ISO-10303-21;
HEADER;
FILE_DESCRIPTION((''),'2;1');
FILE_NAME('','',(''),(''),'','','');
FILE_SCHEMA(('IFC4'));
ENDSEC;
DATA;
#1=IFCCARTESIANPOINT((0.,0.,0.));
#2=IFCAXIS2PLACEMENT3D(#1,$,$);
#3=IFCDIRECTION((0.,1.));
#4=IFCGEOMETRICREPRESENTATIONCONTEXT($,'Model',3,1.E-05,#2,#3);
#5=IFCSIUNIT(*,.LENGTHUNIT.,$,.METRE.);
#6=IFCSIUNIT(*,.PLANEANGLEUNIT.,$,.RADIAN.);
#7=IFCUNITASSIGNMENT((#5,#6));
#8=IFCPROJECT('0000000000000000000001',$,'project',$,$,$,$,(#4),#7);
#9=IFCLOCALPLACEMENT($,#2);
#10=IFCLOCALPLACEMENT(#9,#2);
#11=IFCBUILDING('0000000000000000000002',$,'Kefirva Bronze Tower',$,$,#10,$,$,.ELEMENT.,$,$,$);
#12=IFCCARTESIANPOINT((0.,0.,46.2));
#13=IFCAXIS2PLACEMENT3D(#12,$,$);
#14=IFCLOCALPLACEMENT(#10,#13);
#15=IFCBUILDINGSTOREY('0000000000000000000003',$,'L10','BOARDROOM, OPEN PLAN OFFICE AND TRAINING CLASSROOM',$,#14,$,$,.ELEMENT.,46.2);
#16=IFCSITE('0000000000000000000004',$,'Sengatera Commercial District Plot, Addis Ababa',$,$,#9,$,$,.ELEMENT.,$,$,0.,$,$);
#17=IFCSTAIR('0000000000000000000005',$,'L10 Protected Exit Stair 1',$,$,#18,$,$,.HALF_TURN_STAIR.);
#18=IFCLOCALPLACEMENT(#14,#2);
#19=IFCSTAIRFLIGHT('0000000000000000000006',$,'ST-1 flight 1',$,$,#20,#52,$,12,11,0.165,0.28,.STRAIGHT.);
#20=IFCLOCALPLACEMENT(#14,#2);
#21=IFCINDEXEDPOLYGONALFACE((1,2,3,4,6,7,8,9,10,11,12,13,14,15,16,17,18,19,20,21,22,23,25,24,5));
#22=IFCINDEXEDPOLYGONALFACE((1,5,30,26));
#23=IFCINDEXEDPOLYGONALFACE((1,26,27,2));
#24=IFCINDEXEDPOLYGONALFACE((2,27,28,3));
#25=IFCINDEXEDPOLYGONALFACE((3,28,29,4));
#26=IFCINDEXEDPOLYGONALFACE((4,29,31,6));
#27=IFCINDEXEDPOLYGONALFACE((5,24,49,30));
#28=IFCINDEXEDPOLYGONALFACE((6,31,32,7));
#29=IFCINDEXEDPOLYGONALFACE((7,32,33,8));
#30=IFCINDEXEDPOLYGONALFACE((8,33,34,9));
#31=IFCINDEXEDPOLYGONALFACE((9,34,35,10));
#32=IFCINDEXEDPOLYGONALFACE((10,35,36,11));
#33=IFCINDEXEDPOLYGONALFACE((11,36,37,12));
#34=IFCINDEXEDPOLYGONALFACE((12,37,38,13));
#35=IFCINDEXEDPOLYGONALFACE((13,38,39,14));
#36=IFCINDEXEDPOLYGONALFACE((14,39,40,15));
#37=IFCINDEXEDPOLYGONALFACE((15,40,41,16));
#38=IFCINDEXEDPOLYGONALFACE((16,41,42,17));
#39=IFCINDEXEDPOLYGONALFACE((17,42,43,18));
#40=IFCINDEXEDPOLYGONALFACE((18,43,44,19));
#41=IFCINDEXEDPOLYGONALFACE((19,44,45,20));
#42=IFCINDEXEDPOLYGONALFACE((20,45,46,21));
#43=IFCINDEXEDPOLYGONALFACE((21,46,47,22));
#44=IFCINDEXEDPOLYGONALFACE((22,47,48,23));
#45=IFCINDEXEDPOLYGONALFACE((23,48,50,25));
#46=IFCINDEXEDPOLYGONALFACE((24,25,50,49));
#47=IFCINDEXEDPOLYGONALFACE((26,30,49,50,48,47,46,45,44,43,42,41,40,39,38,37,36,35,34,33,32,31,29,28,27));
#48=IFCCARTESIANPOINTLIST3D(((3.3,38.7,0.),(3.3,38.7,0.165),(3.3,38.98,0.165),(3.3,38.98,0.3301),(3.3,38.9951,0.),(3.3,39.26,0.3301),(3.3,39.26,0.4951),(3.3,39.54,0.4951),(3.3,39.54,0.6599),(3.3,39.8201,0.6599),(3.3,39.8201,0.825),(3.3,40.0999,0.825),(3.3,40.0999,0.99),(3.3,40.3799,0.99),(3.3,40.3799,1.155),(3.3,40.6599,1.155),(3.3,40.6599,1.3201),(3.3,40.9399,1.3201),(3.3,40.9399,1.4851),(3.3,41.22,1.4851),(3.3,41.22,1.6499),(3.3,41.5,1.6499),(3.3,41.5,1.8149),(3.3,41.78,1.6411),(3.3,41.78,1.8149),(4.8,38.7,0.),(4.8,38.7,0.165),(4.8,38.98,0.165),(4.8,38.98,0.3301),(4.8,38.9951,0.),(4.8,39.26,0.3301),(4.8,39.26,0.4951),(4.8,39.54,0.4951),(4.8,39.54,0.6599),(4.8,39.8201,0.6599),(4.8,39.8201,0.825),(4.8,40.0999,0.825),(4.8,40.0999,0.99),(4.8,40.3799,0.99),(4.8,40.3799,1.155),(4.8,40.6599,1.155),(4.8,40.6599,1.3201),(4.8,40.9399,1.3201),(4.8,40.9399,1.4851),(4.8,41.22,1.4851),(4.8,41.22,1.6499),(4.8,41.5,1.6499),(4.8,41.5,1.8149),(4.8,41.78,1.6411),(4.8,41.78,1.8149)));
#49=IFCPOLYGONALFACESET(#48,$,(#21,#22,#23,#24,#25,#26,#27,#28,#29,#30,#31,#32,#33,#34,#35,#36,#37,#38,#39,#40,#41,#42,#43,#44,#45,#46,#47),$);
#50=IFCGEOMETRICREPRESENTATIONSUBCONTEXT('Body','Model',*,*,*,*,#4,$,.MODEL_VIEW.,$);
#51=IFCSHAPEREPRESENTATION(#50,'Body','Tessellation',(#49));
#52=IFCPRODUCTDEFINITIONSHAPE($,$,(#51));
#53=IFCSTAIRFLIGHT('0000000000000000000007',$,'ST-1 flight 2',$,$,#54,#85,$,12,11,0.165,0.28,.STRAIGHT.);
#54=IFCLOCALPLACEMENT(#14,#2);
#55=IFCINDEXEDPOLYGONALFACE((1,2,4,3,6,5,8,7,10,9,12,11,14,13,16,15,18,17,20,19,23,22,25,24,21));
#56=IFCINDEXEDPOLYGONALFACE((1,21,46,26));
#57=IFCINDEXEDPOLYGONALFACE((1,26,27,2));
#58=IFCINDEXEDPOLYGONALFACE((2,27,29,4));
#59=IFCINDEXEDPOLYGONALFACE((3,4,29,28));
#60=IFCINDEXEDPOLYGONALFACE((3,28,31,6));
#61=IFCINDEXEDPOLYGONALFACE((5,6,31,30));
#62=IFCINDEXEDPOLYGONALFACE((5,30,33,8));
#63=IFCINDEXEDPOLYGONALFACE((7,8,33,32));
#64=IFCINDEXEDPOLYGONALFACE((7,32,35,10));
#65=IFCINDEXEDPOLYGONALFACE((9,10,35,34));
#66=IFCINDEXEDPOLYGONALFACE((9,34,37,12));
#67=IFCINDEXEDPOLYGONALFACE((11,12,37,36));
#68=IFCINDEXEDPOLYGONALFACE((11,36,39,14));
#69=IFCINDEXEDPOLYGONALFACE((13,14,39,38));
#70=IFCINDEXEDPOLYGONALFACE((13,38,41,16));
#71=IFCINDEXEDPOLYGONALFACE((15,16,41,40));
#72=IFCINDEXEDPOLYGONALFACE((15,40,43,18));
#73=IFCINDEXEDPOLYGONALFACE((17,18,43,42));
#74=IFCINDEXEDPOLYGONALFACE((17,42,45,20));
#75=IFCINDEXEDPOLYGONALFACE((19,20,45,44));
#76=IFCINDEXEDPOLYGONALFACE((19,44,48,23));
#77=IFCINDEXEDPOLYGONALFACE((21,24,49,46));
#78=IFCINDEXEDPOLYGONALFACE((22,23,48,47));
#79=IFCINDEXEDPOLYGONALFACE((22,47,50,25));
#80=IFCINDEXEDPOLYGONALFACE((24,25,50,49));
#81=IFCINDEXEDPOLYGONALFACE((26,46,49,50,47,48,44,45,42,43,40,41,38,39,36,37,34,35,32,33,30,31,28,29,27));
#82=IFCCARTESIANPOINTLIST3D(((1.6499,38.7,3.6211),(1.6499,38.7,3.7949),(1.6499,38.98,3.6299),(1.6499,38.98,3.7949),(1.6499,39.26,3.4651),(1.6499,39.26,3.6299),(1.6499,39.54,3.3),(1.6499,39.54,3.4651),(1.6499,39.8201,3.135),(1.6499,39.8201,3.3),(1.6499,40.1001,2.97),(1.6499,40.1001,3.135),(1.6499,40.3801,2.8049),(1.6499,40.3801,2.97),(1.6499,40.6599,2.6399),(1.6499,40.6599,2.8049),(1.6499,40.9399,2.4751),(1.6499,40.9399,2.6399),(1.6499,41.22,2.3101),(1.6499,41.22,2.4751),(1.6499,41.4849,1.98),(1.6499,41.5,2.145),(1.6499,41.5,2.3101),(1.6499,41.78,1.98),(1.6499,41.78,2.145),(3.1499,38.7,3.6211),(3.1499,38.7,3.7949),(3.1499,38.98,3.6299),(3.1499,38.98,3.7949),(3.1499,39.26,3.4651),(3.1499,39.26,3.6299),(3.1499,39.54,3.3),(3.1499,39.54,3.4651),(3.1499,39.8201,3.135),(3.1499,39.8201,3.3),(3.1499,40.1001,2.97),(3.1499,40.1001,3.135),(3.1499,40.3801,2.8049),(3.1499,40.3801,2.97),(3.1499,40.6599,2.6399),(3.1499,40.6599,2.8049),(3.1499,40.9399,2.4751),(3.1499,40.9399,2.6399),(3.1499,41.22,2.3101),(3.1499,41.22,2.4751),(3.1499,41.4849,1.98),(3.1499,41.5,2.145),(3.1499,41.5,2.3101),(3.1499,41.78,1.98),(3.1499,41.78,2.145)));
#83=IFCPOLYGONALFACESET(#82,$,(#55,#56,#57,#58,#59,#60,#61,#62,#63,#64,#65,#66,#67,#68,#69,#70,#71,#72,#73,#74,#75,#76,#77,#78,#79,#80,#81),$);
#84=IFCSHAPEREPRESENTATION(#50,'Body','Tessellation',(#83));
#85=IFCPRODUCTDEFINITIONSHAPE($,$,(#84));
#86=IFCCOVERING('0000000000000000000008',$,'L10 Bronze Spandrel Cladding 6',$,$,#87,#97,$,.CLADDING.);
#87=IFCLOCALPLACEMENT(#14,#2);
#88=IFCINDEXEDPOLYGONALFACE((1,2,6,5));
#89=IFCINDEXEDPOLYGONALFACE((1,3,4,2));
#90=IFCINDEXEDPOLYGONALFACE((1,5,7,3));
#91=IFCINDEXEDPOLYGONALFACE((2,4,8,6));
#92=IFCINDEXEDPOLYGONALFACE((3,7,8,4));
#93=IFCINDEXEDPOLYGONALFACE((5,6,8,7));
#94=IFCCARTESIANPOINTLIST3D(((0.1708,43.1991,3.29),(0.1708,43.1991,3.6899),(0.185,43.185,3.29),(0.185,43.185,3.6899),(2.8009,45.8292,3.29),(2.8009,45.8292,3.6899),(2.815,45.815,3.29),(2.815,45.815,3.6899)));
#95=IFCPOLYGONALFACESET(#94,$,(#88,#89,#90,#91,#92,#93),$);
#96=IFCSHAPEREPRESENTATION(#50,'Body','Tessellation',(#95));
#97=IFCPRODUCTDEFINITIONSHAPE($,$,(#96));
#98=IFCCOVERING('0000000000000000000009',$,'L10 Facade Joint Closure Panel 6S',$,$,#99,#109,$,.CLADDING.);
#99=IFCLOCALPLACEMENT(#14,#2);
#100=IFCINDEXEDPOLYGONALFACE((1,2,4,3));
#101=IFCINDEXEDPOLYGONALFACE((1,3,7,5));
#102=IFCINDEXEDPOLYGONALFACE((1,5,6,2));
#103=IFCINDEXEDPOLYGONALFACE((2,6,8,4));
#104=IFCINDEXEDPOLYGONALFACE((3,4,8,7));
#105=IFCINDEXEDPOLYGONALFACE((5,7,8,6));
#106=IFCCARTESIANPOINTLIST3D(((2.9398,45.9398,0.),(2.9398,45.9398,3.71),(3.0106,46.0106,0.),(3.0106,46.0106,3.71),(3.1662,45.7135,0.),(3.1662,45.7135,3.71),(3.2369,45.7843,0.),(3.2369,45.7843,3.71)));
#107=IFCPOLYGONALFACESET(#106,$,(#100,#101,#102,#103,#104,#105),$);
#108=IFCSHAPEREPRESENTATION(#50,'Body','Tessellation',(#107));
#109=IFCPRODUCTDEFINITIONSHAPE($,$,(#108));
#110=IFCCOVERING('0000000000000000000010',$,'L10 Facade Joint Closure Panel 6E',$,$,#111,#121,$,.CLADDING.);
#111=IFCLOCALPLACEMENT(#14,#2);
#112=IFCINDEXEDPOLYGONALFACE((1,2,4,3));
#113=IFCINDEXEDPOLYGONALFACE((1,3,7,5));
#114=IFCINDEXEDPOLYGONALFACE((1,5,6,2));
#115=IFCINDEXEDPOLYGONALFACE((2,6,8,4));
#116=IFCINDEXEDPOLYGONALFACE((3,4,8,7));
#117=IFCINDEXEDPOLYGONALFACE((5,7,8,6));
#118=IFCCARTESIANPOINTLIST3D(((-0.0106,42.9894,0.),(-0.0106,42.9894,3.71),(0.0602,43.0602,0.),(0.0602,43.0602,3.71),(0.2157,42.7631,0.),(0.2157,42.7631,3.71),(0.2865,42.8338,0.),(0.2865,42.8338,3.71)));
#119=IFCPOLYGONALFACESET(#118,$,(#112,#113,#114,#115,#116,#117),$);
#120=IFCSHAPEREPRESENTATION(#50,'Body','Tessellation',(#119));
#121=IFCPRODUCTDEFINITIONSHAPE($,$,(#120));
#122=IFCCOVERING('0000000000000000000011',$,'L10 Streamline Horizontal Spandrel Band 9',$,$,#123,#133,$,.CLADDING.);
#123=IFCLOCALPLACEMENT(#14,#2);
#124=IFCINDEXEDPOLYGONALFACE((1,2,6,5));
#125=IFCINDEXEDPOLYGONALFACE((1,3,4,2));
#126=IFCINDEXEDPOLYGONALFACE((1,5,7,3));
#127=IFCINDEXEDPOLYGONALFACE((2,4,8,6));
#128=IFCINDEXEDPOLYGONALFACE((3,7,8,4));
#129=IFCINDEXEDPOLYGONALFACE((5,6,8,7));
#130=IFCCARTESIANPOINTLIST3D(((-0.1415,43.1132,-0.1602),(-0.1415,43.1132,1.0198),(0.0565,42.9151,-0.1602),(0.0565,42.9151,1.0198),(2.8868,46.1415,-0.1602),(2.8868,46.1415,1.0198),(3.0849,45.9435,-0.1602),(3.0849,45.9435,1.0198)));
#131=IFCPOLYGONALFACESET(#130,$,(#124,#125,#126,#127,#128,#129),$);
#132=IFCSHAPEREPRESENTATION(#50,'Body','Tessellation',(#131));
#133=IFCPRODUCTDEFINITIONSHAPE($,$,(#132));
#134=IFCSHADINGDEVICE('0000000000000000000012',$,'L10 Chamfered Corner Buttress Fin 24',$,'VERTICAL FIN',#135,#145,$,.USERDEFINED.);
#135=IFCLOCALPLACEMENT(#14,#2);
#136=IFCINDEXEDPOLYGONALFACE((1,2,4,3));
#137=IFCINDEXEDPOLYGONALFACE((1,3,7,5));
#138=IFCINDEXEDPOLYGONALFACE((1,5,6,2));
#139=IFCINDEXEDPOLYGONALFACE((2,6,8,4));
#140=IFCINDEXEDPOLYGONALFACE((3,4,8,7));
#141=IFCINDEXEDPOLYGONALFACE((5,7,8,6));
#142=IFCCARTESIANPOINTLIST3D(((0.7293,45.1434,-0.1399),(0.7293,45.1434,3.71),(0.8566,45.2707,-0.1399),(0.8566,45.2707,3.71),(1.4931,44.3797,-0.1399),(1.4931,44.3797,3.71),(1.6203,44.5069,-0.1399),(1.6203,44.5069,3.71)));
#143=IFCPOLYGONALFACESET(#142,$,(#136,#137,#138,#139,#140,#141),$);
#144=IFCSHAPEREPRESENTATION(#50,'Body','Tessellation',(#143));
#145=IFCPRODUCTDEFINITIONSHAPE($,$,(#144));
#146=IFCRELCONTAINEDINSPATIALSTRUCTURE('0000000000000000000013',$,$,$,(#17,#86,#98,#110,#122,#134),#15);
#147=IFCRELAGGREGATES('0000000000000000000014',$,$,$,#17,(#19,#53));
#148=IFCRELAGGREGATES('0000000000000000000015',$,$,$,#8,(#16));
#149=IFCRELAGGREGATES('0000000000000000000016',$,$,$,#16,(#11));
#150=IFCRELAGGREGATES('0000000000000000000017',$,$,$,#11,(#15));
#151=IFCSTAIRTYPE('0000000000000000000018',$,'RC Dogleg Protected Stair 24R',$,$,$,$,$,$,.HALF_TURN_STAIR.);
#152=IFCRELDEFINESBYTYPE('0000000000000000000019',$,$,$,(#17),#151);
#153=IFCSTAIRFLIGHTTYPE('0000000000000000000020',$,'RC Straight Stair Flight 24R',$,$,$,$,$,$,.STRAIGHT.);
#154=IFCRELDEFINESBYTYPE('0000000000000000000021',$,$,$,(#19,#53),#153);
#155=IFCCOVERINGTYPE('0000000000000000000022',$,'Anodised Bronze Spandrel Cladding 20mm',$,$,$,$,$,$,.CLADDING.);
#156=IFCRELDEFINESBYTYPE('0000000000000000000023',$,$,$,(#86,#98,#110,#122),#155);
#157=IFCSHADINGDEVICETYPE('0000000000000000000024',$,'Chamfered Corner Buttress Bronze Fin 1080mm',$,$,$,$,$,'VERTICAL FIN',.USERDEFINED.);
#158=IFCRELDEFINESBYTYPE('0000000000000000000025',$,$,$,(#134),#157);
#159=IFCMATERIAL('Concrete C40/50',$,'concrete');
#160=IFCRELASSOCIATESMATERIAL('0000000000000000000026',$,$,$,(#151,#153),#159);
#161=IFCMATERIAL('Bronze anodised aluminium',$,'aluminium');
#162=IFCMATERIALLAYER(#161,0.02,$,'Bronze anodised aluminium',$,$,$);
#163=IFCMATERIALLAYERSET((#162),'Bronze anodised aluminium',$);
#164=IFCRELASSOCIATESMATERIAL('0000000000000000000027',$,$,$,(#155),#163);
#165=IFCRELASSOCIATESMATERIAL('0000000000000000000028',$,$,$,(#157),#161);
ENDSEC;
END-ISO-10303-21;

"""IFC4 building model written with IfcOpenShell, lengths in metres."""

from ifc_helpers import new_model, si_unit, direction, frame, origin, origin_2d, place, context, subcontext, project, spatial, polyline, rectangle, outline, extrude, material, layer, layer_set, material_profile, profile_set, type_object, element, aggregate, save


model = new_model("IFC4")

# Units and contexts
model_context = context("Model", 3, precision=1e-05, world=origin(), true_north=direction((0.0, 1.0)))
body_context = subcontext(model_context, "Body", "Model", "MODEL_VIEW")
ifc_project = project(units=[si_unit("LENGTHUNIT", "METRE"), si_unit("PLANEANGLEUNIT", "RADIAN")], contexts=[model_context])

# Site, building, storey
site_placement = place(None, origin())
site = spatial("IfcSite", under=ifc_project, at=site_placement, Name="Sengatera Commercial District Plot, Addis Ababa", CompositionType="ELEMENT", RefElevation=0.0)
building_placement = place(site_placement, origin())
building = spatial("IfcBuilding", under=site, at=building_placement, Name="Kefirva Bronze Tower", CompositionType="ELEMENT")
storey_placement = place(building_placement, frame((0.0, 0.0, 46.2)))
storey = spatial("IfcBuildingStorey", under=building, at=storey_placement, Name="L10", Description="BOARDROOM, OPEN PLAN OFFICE AND TRAINING CLASSROOM", CompositionType="ELEMENT", Elevation=46.2)

# Shared definitions
ifc_material_1 = material(Name="Bronze anodised aluminium", Category="aluminium")

# Stair, stair flights
ifc_material_2 = material(Name="Concrete C40/50", Category="concrete")
stair_type = type_object("IfcStairType", Name="RC Dogleg Protected Stair 24R", PredefinedType="HALF_TURN_STAIR", material=ifc_material_2)
stair_placement = place(storey_placement, origin())
stair = element("IfcStair", 1, at=stair_placement, inside=storey, type_object=stair_type, Name="L10 Protected Exit Stair 1", PredefinedType="HALF_TURN_STAIR")
stair_flight_type = type_object("IfcStairFlightType", Name="RC Straight Stair Flight 24R", PredefinedType="STRAIGHT", material=ifc_material_2)
stair_flight_1_placement = place(storey_placement, frame((4.05, 38.7, 0.0), z_axis=(0.0, 0.0, 1.0), x_axis=(0.0, 1.0, 0.0)))
stair_flight_1 = element("IfcStairFlight", 2, at=stair_flight_1_placement, type_object=stair_flight_type, Name="ST-1 flight 1", NumberOfRisers=12, NumberOfTreads=11, PredefinedType="STRAIGHT", RiserHeight=0.165, TreadLength=0.28, context=body_context, shape_type="SweptSolid", body=[
    extrude(outline(polyline([(0.0, 0.0), (0.0, 0.165), (0.28, 0.165), (0.28, 0.3301), (0.5601, 0.3301), (0.5601, 0.4951), (0.8401, 0.4951), (0.8401, 0.6599), (1.1201, 0.6599), (1.1201, 0.825), (1.3999, 0.825), (1.3999, 0.99), (1.6799, 0.99), (1.6799, 1.155), (1.96, 1.155), (1.96, 1.3201), (2.24, 1.3201), (2.24, 1.4851), (2.52, 1.4851), (2.52, 1.6499), (2.8, 1.6499), (2.8, 1.8149), (3.0801, 1.8149), (3.0801, 1.98), (3.0801, 1.6411), (0.2952, 0.0), (0.0, 0.0)])), frame((0.0, 0.75, 0.0), z_axis=(0.0, -1.0, 0.0), x_axis=(1.0, 0.0, 0.0)), (0.0, 0.0, 1.0), 1.5),
])
stair_flight_2_placement = place(storey_placement, frame((2.3999, 41.78, 1.98), z_axis=(0.0, 0.0, 1.0), x_axis=(0.0, -1.0, 0.0)))
stair_flight_2 = element("IfcStairFlight", 3, at=stair_flight_2_placement, type_object=stair_flight_type, Name="ST-1 flight 2", NumberOfRisers=12, NumberOfTreads=11, PredefinedType="STRAIGHT", RiserHeight=0.165, TreadLength=0.28, context=body_context, shape_type="SweptSolid", body=[
    extrude(outline(polyline([(0.0, 0.0), (0.0, 0.165), (0.28, 0.165), (0.28, 0.3301), (0.5601, 0.3301), (0.5601, 0.4951), (0.8401, 0.4951), (0.8401, 0.6599), (1.1201, 0.6599), (1.1201, 0.825), (1.3999, 0.825), (1.3999, 0.99), (1.6799, 0.99), (1.6799, 1.155), (1.96, 1.155), (1.96, 1.3201), (2.24, 1.3201), (2.24, 1.4851), (2.52, 1.4851), (2.52, 1.6499), (2.8, 1.6499), (2.8, 1.8149), (3.0801, 1.8149), (3.0801, 1.98), (3.0801, 1.6411), (0.2952, 0.0), (0.0, 0.0)])), frame((0.0, 0.75, 0.0), z_axis=(0.0, -1.0, 0.0), x_axis=(1.0, 0.0, 0.0)), (0.0, 0.0, 1.0), 1.5),
])
aggregate(stair, [stair_flight_1, stair_flight_2])

# Coverings
ifc_layer_1 = layer(ifc_material_1, 0.02, Name="Bronze anodised aluminium")
ifc_layer_set_1 = layer_set([ifc_layer_1], Name="Bronze anodised aluminium")
covering_type_1 = type_object("IfcCoveringType", Name="Anodised Bronze Spandrel Cladding 20mm", PredefinedType="CLADDING", material=ifc_layer_set_1)
covering_1_placement = place(storey_placement, frame((1.4929, 44.5071, 3.29), z_axis=(0.0, 0.0, 1.0), x_axis=(-0.707107, -0.707107, 0.0)))
element("IfcCovering", 4, at=covering_1_placement, inside=storey, type_object=covering_type_1, Name="L10 Bronze Spandrel Cladding 6", PredefinedType="CLADDING", context=body_context, shape_type="SweptSolid", body=[
    extrude(rectangle(XDim=3.7195, YDim=0.02, at=origin_2d()), origin(), (0.0, 0.0, 1.0), 0.3999),
])
for number, where, z_axis, x_axis, name in (
    (5, (3.0884, 45.8621, 0.0), (0.0, 0.0, 1.0), (-0.707107, -0.707107, 0.0), "L10 Facade Joint Closure Panel 6S"),
    (6, (0.1379, 42.9116, 0.0), (0.0, 0.0, 1.0), (-0.707107, -0.707107, 0.0), "L10 Facade Joint Closure Panel 6E"),
):
    element("IfcCovering", number, at=place(storey_placement, frame(where, z_axis=z_axis, x_axis=x_axis)), inside=storey, type_object=covering_type_1, Name=name, PredefinedType="CLADDING", context=body_context, shape_type="SweptSolid", body=[
        extrude(rectangle(XDim=0.1001, YDim=0.3201, at=origin_2d()), origin(), (0.0, 0.0, 1.0), 3.71),
    ])
covering_2_placement = place(storey_placement, frame((1.4717, 44.5283, -0.1602), z_axis=(0.0, 0.0, 1.0), x_axis=(-0.707107, -0.707107, 0.0)))
element("IfcCovering", 7, at=covering_2_placement, inside=storey, type_object=covering_type_1, Name="L10 Streamline Horizontal Spandrel Band 9", PredefinedType="CLADDING", context=body_context, shape_type="SweptSolid", body=[
    extrude(rectangle(XDim=4.2827, YDim=0.28, at=origin_2d()), origin(), (0.0, 0.0, 1.0), 1.1799),
])

# Shading device
ifc_material_profile_1 = material_profile(ifc_material_1, rectangle(XDim=0.1799, YDim=1.0801, at=origin_2d()), Name="BRONZE BUTTRESS FIN 180x1080")
ifc_profile_set_1 = profile_set([ifc_material_profile_1], Name="Bronze anodised aluminium")
shading_device_type = type_object("IfcShadingDeviceType", Name="Chamfered Corner Buttress Bronze Fin 1080mm", ElementType="VERTICAL FIN", PredefinedType="USERDEFINED", material=ifc_profile_set_1)
shading_device_placement = place(storey_placement, frame((1.1748, 44.8252, -0.1399), z_axis=(0.0, 0.0, 1.0), x_axis=(-0.707107, -0.707107, 0.0)))
element("IfcShadingDevice", 8, at=shading_device_placement, inside=storey, type_object=shading_device_type, Name="L10 Chamfered Corner Buttress Fin 24", ObjectType="VERTICAL FIN", PredefinedType="USERDEFINED", context=body_context, shape_type="SweptSolid", body=[
    extrude(rectangle(XDim=0.1799, YDim=1.0801, at=origin_2d()), origin(), (0.0, 0.0, 1.0), 3.8499),
])

save(model, "model.ifc")
